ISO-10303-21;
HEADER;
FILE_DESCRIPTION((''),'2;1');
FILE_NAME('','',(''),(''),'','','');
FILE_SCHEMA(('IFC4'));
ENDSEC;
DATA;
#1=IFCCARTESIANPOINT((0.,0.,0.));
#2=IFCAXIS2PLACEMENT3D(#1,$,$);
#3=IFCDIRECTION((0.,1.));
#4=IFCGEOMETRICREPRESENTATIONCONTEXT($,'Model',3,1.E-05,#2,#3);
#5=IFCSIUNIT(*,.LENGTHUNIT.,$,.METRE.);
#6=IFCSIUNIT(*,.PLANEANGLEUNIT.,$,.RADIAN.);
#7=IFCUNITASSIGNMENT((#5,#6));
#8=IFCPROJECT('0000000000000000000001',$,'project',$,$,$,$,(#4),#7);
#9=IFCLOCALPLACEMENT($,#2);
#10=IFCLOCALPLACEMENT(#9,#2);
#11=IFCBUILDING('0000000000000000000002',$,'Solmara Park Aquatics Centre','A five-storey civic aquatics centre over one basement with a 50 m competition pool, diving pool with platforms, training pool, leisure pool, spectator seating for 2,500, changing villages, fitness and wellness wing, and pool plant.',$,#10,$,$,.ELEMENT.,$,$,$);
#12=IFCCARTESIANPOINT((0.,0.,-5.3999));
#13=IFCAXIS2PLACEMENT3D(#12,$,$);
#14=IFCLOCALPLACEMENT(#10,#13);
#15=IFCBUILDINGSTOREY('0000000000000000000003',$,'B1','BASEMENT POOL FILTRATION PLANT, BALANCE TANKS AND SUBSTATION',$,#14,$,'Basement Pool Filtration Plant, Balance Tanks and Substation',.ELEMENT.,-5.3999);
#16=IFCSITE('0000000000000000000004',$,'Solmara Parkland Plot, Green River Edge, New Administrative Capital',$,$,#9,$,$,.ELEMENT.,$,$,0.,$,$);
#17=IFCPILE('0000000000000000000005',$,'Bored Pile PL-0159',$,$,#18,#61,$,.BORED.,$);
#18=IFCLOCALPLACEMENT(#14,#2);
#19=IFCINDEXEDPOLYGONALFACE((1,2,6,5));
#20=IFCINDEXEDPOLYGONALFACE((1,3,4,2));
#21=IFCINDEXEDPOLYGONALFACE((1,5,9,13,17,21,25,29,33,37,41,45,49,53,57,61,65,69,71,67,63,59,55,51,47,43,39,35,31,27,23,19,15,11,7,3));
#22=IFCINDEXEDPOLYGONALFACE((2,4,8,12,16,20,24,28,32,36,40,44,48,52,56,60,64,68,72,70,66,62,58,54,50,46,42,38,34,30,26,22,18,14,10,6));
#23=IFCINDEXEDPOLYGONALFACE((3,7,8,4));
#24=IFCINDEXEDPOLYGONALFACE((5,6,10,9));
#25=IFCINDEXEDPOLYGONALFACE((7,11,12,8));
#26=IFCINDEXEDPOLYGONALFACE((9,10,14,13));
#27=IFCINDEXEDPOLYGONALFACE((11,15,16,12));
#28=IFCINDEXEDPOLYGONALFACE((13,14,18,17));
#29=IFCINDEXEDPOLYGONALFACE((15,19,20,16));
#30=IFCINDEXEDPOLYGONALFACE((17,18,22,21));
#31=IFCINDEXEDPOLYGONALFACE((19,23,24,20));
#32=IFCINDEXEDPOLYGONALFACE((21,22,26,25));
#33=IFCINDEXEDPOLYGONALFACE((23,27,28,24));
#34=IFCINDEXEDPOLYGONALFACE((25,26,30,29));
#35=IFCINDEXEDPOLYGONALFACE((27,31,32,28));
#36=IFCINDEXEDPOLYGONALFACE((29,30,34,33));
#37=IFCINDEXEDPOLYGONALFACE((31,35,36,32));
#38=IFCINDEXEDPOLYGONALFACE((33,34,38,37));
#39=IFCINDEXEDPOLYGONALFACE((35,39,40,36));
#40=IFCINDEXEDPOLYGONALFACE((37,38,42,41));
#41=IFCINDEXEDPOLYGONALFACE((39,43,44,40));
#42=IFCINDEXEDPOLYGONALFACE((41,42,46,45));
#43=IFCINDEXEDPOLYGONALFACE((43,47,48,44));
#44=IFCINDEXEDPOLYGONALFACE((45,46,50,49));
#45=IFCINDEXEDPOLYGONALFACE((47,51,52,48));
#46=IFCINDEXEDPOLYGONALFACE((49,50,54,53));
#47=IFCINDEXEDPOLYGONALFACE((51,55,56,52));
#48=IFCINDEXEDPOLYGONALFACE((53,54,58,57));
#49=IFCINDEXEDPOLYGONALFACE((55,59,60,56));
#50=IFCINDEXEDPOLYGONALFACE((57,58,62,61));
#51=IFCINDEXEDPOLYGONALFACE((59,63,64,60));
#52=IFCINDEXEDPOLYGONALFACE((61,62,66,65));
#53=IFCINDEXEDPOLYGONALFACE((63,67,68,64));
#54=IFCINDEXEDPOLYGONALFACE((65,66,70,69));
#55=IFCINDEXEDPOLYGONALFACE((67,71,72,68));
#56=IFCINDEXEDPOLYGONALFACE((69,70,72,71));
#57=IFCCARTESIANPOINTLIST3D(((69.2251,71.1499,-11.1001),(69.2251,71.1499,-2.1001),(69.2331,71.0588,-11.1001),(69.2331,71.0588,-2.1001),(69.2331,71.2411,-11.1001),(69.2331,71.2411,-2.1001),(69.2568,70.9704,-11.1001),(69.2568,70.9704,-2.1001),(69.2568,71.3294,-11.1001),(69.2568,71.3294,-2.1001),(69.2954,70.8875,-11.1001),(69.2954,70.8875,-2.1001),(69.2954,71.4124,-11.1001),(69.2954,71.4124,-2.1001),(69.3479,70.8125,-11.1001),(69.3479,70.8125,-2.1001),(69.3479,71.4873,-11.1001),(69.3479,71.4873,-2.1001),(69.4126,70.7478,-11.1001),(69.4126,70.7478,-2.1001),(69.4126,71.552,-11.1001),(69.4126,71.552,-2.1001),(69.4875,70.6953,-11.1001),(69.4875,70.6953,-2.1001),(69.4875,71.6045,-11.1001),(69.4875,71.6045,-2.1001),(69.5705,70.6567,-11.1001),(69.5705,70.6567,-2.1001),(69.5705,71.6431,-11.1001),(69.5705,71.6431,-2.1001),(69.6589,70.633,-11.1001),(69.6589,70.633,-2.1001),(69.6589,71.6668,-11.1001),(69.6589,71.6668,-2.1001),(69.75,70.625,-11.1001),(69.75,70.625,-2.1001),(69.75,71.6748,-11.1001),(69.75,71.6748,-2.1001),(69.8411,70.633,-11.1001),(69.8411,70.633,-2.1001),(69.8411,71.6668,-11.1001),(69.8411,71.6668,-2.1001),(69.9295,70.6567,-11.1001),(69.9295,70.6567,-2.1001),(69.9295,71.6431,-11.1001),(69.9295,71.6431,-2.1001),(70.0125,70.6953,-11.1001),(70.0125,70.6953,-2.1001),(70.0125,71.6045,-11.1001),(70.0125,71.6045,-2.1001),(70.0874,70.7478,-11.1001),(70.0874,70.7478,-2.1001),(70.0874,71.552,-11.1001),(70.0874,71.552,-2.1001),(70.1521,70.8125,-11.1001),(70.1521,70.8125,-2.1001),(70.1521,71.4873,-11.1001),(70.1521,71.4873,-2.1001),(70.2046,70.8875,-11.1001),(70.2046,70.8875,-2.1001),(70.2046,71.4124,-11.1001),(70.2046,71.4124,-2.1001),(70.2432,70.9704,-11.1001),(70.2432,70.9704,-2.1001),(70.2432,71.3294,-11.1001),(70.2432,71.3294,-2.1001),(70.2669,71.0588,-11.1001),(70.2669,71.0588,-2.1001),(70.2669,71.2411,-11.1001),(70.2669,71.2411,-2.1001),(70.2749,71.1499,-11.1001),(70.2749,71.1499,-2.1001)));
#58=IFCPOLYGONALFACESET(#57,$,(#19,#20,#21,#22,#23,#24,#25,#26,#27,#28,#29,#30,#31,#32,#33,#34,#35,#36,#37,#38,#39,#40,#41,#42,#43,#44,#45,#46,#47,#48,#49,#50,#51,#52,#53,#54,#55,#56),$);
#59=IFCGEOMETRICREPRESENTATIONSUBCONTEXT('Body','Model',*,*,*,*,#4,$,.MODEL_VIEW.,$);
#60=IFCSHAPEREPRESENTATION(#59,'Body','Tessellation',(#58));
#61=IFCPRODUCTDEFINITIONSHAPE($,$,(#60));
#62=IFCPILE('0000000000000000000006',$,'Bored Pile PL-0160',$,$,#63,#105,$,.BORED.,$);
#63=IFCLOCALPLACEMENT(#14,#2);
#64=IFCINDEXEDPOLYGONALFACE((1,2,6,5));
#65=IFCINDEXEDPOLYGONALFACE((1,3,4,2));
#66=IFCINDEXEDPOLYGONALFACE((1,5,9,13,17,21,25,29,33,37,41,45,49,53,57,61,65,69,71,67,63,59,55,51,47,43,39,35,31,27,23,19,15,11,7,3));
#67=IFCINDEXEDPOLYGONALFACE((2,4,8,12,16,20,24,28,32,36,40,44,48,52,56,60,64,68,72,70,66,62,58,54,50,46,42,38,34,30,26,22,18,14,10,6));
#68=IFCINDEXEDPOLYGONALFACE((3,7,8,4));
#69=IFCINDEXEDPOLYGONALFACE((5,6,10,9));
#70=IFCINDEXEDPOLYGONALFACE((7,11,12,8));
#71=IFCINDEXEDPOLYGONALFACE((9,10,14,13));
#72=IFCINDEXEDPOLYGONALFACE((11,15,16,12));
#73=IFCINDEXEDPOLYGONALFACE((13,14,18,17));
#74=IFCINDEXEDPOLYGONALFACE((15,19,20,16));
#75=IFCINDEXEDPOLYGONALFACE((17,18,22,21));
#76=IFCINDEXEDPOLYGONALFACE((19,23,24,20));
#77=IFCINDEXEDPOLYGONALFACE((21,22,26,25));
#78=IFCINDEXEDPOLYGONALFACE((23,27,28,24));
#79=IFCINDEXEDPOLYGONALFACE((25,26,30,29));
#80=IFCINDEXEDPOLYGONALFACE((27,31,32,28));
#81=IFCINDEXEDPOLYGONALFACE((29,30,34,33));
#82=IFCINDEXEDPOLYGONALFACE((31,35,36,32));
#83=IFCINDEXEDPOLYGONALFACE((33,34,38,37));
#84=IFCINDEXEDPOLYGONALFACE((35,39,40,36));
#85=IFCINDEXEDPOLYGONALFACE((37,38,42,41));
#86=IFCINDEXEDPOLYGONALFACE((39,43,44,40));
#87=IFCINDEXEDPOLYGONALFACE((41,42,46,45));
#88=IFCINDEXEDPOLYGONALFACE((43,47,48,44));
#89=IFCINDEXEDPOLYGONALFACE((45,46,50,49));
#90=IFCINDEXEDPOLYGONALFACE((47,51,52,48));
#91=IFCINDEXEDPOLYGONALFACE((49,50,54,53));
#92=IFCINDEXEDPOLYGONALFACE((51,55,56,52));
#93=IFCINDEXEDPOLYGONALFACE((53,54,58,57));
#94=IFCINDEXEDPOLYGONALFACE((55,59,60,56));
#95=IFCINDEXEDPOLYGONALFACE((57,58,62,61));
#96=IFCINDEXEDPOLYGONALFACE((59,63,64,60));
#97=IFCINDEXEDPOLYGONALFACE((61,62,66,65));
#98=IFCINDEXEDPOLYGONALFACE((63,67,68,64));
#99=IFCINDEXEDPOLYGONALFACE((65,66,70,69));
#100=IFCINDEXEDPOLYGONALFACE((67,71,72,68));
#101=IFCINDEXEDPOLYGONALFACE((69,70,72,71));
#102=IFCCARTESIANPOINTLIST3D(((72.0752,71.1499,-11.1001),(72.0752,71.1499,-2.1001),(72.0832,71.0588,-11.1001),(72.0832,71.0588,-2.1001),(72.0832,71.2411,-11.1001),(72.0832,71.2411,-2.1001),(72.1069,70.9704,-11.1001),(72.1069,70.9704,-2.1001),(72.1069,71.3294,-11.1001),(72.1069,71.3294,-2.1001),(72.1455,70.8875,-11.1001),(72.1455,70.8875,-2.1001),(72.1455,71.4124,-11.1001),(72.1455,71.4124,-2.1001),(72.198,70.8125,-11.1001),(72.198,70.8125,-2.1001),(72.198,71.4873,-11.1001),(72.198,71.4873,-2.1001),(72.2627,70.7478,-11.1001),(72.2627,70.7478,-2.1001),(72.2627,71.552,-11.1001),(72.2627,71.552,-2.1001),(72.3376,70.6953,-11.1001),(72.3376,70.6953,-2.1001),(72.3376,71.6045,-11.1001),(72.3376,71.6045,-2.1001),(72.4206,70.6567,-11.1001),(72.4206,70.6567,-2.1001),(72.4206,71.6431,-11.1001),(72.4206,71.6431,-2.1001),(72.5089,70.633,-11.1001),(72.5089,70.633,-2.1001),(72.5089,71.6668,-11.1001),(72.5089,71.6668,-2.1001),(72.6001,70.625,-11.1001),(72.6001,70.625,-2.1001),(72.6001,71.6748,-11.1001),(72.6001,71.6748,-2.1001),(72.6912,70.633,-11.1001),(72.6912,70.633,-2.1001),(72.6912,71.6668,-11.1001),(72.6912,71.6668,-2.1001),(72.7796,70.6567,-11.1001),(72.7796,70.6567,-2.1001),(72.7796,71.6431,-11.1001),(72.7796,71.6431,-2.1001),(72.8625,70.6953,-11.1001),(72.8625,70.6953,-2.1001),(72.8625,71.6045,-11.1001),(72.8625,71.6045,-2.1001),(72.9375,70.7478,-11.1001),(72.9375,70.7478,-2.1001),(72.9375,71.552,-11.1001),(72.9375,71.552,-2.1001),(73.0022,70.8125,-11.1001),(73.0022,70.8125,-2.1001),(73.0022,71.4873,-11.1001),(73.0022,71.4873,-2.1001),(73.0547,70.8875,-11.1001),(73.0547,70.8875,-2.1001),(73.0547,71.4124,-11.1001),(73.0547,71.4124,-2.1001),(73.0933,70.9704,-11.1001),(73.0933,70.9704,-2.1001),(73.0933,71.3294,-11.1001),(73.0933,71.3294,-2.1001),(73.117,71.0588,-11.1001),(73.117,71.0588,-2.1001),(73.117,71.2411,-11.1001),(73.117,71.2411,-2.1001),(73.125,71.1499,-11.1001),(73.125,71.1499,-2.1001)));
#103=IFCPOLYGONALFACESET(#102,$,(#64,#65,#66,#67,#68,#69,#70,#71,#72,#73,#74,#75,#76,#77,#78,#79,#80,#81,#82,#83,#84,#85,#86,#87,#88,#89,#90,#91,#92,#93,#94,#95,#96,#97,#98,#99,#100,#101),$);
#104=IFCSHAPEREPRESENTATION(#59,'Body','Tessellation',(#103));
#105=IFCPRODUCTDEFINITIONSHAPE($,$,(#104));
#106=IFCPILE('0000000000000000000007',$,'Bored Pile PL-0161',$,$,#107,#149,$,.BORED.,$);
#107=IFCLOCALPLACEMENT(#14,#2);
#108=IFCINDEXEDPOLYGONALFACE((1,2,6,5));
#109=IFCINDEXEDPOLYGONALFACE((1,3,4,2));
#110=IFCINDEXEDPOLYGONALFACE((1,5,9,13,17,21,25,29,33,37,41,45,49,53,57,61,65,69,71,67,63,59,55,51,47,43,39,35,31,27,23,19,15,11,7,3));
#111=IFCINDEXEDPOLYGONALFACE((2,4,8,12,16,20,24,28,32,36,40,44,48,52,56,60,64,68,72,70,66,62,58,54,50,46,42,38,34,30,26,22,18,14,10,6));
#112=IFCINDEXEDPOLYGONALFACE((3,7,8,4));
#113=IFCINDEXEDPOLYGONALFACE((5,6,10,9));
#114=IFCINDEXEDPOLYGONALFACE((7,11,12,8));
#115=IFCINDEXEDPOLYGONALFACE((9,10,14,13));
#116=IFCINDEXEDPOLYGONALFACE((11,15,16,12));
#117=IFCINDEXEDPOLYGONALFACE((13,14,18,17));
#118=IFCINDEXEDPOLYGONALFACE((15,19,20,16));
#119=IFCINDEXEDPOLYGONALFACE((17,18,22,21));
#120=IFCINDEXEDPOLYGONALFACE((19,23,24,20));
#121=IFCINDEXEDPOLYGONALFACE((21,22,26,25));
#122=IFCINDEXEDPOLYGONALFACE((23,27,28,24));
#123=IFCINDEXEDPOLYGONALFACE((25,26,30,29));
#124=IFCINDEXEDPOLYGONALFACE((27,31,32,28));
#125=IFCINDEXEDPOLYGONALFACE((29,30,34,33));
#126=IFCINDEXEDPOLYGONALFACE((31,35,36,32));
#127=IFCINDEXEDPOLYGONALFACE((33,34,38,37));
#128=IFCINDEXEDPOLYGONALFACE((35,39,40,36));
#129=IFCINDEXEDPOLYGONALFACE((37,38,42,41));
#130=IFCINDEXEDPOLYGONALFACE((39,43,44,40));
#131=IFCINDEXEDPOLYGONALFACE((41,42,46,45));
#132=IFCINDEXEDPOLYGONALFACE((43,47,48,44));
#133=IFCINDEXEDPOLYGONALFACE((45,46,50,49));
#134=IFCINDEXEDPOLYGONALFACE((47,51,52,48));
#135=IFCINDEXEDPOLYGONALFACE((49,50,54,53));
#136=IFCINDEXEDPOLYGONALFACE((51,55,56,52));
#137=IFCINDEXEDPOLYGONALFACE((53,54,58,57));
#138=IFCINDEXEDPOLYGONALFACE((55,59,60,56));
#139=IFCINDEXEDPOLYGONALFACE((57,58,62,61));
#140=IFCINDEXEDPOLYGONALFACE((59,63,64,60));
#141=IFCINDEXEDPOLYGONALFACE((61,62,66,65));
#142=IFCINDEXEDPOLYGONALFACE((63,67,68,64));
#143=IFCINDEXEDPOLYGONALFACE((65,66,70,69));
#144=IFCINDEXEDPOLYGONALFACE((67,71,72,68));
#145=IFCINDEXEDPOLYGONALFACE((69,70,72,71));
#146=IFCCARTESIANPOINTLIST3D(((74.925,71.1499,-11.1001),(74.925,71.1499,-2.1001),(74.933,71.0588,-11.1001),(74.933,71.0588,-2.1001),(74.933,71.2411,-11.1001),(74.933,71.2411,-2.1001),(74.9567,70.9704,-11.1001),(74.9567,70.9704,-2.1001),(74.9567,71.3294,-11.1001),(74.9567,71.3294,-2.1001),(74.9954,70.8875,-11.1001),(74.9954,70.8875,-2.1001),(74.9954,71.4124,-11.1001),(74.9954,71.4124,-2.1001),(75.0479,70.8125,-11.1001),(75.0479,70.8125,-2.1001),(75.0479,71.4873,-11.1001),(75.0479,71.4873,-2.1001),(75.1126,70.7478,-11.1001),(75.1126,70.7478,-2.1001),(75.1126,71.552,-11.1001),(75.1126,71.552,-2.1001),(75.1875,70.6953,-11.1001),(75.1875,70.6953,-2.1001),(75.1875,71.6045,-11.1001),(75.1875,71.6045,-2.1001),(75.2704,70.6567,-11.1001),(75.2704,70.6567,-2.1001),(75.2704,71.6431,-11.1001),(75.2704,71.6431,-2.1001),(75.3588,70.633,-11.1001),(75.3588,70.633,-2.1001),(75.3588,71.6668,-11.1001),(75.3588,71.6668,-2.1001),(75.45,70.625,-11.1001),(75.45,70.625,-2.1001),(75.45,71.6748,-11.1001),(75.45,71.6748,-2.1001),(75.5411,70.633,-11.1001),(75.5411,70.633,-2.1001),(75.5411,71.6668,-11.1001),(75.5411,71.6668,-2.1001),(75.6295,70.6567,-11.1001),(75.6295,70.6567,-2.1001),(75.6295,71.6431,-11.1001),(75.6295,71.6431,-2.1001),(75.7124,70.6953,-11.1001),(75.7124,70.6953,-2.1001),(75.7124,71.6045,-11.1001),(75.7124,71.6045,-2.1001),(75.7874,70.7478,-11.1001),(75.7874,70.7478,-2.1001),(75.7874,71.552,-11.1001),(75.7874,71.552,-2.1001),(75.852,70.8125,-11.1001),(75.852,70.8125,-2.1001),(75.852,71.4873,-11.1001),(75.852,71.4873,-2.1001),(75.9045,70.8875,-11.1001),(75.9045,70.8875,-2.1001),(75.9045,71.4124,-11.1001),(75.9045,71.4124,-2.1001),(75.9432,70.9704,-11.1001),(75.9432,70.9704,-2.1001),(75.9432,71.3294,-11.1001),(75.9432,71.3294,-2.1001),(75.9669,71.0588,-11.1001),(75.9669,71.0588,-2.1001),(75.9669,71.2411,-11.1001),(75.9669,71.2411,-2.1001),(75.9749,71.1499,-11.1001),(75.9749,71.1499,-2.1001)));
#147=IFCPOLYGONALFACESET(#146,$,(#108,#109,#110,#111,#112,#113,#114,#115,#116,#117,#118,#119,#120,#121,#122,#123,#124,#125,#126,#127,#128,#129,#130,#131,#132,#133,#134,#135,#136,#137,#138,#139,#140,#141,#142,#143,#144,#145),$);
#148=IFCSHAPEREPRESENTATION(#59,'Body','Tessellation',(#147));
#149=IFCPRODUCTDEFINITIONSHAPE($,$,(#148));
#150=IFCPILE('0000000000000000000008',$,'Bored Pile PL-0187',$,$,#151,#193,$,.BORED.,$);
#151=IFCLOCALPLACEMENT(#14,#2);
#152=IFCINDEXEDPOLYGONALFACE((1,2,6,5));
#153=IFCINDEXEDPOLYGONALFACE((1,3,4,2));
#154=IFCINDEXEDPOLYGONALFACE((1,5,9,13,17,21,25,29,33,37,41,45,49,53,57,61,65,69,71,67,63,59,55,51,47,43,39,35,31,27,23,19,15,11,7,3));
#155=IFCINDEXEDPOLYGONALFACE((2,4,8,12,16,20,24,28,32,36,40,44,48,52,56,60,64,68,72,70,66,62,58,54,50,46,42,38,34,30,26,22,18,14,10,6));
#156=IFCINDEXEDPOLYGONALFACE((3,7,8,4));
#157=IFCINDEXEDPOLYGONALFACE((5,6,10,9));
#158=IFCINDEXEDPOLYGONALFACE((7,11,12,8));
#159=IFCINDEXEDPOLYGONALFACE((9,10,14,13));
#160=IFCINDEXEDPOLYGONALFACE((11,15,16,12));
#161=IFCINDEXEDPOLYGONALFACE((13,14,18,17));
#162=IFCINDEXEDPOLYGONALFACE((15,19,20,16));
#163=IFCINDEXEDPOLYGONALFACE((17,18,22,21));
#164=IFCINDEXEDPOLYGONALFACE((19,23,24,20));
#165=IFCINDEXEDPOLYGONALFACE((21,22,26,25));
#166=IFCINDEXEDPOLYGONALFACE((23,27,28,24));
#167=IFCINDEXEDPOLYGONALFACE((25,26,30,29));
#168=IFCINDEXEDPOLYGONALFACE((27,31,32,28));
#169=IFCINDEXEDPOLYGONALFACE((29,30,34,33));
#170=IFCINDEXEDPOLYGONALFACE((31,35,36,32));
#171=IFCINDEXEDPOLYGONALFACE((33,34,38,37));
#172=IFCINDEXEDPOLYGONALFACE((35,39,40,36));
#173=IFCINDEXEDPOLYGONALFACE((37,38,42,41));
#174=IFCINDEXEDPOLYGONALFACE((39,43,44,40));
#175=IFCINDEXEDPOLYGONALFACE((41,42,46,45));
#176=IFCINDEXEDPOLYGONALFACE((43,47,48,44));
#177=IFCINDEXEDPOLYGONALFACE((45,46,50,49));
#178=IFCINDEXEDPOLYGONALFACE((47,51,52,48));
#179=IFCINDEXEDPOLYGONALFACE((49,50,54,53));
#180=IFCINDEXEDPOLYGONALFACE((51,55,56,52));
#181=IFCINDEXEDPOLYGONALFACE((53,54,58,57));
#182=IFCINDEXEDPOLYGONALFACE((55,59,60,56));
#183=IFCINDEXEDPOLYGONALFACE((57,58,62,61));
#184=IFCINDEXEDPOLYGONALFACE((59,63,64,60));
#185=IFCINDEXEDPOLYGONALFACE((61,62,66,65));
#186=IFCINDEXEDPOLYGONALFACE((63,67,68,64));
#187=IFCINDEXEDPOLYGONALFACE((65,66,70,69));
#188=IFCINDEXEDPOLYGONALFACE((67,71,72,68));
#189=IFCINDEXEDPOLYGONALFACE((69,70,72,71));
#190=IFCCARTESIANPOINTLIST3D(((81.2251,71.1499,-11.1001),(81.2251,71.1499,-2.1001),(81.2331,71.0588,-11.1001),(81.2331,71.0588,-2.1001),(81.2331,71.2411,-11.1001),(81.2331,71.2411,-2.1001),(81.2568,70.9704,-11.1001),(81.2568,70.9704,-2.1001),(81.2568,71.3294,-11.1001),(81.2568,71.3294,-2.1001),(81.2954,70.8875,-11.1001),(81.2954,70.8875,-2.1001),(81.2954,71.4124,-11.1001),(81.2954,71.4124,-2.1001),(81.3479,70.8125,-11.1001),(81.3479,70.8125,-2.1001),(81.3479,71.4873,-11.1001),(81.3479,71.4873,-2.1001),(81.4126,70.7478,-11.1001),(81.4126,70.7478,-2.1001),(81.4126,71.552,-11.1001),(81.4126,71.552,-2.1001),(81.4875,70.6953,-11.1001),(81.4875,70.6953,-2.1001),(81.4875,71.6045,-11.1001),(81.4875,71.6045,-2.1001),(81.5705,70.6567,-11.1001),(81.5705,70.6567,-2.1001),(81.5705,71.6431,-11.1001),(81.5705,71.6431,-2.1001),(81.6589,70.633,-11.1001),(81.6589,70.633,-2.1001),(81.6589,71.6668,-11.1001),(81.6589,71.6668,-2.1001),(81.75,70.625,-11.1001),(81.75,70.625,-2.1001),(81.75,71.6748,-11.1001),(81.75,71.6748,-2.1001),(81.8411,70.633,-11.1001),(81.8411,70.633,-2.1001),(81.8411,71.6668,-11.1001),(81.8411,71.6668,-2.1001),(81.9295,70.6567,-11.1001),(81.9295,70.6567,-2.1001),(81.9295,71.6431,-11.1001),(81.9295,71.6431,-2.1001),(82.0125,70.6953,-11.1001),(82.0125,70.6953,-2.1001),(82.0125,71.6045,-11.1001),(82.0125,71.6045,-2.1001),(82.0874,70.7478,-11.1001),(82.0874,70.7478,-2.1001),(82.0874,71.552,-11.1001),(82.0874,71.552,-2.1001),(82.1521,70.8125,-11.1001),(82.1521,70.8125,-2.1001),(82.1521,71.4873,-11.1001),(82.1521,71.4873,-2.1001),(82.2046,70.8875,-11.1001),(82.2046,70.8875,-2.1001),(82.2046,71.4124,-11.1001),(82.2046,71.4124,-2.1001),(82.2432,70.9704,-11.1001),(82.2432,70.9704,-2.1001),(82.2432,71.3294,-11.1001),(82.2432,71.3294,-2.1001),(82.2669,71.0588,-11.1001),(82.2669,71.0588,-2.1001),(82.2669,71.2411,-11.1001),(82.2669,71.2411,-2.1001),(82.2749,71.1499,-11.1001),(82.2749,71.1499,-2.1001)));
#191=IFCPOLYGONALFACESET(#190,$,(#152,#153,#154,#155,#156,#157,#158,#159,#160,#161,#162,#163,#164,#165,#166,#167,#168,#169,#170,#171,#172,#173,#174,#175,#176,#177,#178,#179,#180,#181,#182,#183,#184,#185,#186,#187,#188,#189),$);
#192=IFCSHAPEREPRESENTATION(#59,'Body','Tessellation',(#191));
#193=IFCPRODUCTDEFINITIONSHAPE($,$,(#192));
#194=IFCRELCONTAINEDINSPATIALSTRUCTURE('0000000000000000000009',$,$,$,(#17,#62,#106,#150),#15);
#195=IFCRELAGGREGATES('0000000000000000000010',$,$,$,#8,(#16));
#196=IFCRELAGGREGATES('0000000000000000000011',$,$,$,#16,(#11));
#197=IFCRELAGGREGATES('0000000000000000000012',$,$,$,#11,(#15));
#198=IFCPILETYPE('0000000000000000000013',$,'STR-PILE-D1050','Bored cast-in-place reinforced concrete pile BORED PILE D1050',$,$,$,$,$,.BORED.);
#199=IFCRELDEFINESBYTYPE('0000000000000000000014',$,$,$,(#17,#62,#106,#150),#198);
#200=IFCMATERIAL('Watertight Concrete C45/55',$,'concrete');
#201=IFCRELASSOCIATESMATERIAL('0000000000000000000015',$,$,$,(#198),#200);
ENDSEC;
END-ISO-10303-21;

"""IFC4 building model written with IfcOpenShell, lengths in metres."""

from ifc_helpers import new_model, si_unit, direction, frame, origin, origin_2d, place, context, subcontext, project, spatial, circle, extrude, material, material_profile, profile_set, type_object, element, save


model = new_model("IFC4")

# Units and contexts
model_context = context("Model", 3, precision=1e-05, world=origin(), true_north=direction((0.0, 1.0)))
body_context = subcontext(model_context, "Body", "Model", "MODEL_VIEW")
ifc_project = project(units=[si_unit("LENGTHUNIT", "METRE"), si_unit("PLANEANGLEUNIT", "RADIAN")], contexts=[model_context])

# Site, building, storey
site_placement = place(None, origin())
site = spatial("IfcSite", under=ifc_project, at=site_placement, Name="Solmara Parkland Plot, Green River Edge, New Administrative Capital", CompositionType="ELEMENT", RefElevation=0.0)
building_placement = place(site_placement, origin())
building = spatial("IfcBuilding", under=site, at=building_placement, Name="Solmara Park Aquatics Centre", Description="A five-storey civic aquatics centre over one basement with a 50 m competition pool, diving pool with platforms, training pool, leisure pool, spectator seating for 2,500, changing villages, fitness and wellness wing, and pool plant.", CompositionType="ELEMENT")
storey_placement = place(building_placement, frame((0.0, 0.0, -5.3999)))
storey = spatial("IfcBuildingStorey", under=building, at=storey_placement, Name="B1", Description="BASEMENT POOL FILTRATION PLANT, BALANCE TANKS AND SUBSTATION", LongName="Basement Pool Filtration Plant, Balance Tanks and Substation", CompositionType="ELEMENT", Elevation=-5.3999)

# Shared definitions
ifc_material_1 = material(Name="Watertight Concrete C45/55", Category="concrete")

# Piles
ifc_material_profile_1 = material_profile(ifc_material_1, circle(Radius=0.5249, at=origin_2d()), Name="BORED PILE D1050")
ifc_profile_set_1 = profile_set([ifc_material_profile_1], Name="Watertight Concrete C45/55")
pile_type_1 = type_object("IfcPileType", Name="STR-PILE-D1050", Description="Bored cast-in-place reinforced concrete pile BORED PILE D1050", PredefinedType="BORED", material=ifc_profile_set_1)
for number, where, z_axis, x_axis, name in (
    (1, (69.75, 71.1499, -2.1001), (0.0, 0.0, -1.0), (1.0, 0.0, 0.0), "Bored Pile PL-0159"),
    (2, (72.6001, 71.1499, -2.1001), (0.0, 0.0, -1.0), (1.0, 0.0, 0.0), "Bored Pile PL-0160"),
    (3, (75.45, 71.1499, -2.1001), (0.0, 0.0, -1.0), (1.0, 0.0, 0.0), "Bored Pile PL-0161"),
    (4, (81.75, 71.1499, -2.1001), (0.0, 0.0, -1.0), (1.0, 0.0, 0.0), "Bored Pile PL-0187"),
):
    element("IfcPile", number, at=place(storey_placement, frame(where, z_axis=z_axis, x_axis=x_axis)), inside=storey, type_object=pile_type_1, Name=name, PredefinedType="BORED", context=body_context, shape_type="SweptSolid", body=[
        extrude(circle(Radius=0.5249, at=origin_2d()), origin(), (0.0, 0.0, 1.0), 9.0),
    ])

save(model, "model.ifc")
